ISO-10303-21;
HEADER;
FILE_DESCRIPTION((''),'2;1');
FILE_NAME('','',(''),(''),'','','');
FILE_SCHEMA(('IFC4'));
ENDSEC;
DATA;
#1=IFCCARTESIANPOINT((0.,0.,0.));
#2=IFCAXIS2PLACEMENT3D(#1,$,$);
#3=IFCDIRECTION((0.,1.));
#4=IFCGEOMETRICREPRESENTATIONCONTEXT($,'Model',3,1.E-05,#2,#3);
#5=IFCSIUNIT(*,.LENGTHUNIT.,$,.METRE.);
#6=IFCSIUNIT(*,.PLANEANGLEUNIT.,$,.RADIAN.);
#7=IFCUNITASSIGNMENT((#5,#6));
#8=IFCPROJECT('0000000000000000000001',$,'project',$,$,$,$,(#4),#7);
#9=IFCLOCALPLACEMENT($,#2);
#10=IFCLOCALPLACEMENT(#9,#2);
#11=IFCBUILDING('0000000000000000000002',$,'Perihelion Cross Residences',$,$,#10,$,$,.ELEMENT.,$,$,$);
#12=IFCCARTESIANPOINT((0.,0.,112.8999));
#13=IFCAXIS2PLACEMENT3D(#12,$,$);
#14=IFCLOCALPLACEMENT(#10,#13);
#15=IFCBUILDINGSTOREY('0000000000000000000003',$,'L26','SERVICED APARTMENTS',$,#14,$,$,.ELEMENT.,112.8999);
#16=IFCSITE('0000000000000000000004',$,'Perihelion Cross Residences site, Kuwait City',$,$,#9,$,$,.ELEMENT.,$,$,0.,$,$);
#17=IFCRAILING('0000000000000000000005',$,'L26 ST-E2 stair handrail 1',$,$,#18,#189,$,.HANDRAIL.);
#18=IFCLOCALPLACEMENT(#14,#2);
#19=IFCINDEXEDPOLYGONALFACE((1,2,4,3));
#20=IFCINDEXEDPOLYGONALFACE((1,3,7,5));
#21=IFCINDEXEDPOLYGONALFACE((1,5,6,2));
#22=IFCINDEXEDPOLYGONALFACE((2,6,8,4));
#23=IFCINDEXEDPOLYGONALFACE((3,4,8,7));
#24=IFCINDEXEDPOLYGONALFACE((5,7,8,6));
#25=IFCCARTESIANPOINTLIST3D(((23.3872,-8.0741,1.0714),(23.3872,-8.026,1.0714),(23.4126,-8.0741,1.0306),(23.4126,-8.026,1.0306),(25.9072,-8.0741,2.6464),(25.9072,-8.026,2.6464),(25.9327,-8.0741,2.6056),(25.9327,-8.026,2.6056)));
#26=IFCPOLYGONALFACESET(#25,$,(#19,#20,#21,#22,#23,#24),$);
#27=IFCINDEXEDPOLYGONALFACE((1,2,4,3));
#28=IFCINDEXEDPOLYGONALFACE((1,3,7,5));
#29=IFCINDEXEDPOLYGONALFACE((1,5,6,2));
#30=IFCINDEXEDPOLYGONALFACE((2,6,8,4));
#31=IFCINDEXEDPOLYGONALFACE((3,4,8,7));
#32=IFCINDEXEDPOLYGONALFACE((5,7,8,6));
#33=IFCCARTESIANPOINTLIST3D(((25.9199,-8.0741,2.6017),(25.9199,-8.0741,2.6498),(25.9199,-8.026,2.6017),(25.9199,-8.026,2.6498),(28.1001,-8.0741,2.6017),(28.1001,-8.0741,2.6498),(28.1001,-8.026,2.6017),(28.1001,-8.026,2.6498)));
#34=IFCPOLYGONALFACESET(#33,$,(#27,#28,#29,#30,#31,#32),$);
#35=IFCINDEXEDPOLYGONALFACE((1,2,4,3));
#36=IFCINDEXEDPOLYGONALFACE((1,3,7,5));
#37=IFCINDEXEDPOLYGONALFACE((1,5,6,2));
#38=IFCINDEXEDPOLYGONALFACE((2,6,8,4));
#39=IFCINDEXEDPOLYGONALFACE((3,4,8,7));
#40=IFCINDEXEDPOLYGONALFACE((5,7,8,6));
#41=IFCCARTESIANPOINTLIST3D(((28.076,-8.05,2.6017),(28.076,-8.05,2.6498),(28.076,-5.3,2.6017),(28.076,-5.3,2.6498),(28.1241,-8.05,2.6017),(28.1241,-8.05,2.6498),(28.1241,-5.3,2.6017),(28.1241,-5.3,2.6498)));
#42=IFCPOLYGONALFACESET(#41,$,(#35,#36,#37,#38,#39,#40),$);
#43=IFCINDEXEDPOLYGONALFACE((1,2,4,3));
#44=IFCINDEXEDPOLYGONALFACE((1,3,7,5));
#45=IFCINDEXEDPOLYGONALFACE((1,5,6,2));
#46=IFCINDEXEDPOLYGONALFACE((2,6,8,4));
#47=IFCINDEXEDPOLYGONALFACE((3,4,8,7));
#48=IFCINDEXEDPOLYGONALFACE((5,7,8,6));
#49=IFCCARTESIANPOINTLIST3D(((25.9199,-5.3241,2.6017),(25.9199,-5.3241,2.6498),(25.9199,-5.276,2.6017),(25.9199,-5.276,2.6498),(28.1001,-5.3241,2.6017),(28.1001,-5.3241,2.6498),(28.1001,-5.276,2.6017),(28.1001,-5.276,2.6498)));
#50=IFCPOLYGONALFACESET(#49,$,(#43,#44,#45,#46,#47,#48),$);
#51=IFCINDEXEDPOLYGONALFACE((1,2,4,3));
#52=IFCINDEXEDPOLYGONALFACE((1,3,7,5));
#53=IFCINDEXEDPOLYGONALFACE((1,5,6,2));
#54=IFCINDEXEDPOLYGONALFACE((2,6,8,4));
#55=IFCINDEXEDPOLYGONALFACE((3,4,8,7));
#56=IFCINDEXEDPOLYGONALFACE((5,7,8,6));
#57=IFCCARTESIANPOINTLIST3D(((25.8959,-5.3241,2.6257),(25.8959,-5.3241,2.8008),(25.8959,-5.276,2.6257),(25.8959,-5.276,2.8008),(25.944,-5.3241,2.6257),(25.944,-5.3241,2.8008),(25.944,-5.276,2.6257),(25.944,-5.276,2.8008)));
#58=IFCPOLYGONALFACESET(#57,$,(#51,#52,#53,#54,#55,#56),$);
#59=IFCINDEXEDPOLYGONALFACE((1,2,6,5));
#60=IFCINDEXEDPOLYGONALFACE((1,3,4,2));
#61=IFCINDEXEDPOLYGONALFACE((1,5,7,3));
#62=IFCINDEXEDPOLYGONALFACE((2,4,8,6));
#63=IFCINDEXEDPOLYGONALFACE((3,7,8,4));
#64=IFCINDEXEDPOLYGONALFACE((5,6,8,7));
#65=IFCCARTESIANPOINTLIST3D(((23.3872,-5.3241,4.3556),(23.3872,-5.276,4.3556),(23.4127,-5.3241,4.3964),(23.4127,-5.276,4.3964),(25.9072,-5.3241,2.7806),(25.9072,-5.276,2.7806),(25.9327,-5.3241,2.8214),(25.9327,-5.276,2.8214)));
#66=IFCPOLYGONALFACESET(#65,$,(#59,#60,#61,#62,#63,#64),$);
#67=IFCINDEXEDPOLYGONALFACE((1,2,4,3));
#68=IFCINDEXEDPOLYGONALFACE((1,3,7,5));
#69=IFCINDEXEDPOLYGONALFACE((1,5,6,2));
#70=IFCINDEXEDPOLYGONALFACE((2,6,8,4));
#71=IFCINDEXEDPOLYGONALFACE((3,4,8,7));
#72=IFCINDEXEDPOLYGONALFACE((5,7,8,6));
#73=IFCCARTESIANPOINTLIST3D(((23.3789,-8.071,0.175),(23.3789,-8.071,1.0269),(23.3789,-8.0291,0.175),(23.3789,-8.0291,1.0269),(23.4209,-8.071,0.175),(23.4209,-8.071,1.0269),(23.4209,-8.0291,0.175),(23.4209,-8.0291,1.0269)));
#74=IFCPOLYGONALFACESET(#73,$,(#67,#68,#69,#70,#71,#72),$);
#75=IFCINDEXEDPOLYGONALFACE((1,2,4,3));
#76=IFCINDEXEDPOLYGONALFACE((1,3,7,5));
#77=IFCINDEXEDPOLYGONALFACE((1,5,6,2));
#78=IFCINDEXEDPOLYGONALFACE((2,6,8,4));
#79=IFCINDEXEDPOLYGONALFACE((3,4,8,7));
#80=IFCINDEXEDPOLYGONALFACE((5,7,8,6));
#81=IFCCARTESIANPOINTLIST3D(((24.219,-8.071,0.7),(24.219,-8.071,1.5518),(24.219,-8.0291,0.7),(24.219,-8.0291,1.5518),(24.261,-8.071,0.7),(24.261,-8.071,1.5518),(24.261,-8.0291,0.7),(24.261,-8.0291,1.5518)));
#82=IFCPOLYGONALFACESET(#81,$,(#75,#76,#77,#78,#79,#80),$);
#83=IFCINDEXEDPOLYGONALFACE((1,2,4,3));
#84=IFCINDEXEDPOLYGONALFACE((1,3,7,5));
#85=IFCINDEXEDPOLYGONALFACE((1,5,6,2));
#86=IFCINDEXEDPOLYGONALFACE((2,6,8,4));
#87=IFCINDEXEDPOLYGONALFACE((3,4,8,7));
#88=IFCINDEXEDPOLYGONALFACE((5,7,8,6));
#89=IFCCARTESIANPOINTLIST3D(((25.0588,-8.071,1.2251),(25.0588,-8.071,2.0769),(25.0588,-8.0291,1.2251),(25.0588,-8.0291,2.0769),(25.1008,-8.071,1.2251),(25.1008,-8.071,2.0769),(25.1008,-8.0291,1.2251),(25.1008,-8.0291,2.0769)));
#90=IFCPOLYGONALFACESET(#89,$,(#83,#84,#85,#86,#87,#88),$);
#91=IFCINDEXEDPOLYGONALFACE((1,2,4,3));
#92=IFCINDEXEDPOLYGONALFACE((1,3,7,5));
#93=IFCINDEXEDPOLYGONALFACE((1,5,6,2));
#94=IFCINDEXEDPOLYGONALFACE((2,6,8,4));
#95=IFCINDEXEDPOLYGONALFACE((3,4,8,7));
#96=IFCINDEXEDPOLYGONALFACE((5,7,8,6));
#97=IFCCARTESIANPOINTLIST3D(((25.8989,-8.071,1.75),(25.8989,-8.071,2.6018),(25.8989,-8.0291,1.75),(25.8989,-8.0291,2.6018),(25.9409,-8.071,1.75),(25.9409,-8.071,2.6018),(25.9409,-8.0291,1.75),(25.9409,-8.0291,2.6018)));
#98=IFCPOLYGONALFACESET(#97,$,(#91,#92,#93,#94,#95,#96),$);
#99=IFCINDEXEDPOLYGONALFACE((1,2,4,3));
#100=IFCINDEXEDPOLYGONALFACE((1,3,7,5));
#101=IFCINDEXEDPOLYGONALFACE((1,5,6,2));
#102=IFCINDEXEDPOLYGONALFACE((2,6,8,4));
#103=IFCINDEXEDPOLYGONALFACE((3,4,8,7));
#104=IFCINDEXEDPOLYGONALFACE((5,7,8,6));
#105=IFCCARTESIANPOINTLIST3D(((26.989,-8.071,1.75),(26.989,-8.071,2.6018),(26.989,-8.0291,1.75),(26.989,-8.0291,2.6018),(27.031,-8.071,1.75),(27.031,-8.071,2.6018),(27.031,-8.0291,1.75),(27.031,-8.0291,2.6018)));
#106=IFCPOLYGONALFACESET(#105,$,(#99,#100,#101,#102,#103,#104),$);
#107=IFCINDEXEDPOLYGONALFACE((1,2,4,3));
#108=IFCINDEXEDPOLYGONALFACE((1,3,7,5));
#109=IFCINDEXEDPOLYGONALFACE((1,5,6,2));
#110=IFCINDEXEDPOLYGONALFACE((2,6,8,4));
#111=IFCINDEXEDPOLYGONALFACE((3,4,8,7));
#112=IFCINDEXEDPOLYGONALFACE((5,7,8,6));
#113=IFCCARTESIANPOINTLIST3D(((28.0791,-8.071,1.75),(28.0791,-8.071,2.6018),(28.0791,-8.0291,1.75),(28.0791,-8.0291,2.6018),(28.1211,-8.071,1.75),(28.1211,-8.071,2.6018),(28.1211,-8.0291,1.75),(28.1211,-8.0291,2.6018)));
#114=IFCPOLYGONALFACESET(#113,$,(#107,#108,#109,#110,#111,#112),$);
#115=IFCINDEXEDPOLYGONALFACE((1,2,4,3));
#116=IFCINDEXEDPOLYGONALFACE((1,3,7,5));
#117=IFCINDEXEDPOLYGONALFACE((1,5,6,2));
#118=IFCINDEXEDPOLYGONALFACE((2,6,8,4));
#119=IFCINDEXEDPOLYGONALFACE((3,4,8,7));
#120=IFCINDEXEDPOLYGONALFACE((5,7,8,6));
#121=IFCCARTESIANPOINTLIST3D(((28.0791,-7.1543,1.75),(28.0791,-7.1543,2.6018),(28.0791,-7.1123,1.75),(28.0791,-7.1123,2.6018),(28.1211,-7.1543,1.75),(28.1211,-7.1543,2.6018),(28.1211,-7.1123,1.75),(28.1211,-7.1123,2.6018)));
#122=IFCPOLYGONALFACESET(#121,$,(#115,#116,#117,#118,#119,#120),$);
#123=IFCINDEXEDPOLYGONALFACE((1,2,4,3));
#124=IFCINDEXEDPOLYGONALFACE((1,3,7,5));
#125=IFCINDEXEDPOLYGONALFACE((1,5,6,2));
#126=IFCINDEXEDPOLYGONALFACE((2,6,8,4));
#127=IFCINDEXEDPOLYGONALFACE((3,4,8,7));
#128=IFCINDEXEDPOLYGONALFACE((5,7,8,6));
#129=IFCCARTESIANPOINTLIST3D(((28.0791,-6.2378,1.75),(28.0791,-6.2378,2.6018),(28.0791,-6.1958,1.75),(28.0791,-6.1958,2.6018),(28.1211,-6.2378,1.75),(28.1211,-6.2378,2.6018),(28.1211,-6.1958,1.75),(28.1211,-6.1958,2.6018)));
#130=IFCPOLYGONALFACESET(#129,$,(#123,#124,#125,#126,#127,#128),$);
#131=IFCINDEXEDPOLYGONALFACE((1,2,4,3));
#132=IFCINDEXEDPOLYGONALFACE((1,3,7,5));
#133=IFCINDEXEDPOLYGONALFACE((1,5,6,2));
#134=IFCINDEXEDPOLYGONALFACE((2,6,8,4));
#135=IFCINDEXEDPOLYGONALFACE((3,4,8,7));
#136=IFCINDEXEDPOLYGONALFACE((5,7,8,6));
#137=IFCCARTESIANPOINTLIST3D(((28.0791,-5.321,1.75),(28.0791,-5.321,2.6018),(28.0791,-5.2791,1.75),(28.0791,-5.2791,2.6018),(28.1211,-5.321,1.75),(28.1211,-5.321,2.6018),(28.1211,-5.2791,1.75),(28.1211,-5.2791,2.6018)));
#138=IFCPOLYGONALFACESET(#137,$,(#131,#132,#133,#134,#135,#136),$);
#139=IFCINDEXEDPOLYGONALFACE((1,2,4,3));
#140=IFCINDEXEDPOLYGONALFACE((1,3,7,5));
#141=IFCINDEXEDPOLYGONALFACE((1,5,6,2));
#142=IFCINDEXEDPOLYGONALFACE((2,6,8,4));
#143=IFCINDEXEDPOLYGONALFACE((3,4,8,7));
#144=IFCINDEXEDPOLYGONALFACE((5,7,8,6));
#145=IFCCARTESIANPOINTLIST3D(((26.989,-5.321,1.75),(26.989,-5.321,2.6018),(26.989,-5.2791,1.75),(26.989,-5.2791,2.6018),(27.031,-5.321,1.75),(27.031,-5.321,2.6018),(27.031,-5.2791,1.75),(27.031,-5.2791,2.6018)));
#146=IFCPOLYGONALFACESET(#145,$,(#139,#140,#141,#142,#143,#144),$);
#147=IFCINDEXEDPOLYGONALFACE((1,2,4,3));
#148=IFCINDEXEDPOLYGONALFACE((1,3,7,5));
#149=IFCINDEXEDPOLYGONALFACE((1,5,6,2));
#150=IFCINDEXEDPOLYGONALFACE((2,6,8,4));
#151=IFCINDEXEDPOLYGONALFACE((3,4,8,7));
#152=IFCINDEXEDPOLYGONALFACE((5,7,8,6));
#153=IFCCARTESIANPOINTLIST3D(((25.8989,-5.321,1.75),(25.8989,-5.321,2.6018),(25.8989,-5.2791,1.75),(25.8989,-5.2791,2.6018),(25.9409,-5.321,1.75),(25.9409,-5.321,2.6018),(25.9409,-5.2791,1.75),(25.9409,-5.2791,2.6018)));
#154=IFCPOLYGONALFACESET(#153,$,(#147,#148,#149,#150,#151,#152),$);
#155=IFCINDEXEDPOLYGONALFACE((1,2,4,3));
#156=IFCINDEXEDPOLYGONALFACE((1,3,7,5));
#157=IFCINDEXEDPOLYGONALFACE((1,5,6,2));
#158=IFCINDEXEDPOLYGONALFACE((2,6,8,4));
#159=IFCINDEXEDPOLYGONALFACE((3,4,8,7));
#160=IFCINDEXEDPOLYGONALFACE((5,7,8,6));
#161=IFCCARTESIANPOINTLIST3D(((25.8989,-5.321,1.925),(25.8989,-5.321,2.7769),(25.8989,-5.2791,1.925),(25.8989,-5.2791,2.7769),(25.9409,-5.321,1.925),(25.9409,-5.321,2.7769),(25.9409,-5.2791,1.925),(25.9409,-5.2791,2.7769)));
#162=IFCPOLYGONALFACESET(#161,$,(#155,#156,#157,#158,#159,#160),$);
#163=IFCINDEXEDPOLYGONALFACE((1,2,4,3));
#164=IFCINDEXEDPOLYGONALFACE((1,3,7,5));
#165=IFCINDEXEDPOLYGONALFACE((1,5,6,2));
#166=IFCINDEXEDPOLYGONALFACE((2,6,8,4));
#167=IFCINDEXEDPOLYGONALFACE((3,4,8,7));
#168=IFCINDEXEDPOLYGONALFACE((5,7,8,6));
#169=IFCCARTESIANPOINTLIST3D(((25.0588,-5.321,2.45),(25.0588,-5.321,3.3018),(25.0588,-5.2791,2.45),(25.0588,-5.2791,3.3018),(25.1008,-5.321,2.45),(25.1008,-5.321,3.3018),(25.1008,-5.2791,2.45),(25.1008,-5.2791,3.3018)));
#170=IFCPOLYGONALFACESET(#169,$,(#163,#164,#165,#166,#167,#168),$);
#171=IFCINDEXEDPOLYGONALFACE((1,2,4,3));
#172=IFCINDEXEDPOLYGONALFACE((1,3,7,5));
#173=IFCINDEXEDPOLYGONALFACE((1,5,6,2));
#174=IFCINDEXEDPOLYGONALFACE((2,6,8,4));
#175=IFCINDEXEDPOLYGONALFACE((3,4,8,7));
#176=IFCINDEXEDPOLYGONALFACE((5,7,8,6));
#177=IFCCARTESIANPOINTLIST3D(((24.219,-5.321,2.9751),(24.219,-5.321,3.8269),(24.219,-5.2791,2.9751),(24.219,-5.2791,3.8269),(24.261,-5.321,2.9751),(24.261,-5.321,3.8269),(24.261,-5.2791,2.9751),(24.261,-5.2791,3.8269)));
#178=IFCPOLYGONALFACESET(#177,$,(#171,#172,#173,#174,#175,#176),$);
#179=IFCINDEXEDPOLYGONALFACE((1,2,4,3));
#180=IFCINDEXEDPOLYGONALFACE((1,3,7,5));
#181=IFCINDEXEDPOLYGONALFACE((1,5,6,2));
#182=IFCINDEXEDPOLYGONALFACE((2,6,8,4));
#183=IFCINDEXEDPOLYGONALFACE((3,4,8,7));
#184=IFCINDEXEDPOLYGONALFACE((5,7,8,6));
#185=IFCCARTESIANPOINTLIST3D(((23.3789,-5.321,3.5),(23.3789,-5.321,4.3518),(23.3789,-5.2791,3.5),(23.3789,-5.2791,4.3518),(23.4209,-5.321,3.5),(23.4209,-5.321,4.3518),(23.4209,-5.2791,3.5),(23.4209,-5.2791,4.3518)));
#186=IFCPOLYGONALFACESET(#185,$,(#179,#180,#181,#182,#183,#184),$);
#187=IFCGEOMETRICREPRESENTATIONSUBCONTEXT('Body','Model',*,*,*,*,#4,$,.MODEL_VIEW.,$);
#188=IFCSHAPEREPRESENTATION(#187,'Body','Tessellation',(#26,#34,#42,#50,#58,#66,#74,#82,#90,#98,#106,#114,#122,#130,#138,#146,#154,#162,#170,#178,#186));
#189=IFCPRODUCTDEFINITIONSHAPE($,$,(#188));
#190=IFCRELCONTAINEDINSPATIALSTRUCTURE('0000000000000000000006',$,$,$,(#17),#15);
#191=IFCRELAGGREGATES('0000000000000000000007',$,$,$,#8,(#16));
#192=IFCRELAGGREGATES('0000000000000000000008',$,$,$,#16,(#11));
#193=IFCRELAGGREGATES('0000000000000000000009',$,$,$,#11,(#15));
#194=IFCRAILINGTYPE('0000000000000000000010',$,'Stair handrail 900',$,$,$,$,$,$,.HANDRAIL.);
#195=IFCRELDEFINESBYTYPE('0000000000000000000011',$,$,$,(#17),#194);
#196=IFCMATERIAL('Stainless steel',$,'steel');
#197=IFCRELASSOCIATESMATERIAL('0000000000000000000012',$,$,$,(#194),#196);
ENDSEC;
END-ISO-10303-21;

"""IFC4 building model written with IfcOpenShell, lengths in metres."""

from ifc_helpers import new_model, si_unit, direction, frame, origin, origin_2d, place, context, subcontext, project, spatial, rectangle, extrude, material, type_object, element, save


model = new_model("IFC4")

# Units and contexts
model_context = context("Model", 3, precision=1e-05, world=origin(), true_north=direction((0.0, 1.0)))
body_context = subcontext(model_context, "Body", "Model", "MODEL_VIEW")
ifc_project = project(units=[si_unit("LENGTHUNIT", "METRE"), si_unit("PLANEANGLEUNIT", "RADIAN")], contexts=[model_context])

# Site, building, storey
site_placement = place(None, origin())
site = spatial("IfcSite", under=ifc_project, at=site_placement, Name="Perihelion Cross Residences site, Kuwait City", CompositionType="ELEMENT", RefElevation=0.0)
building_placement = place(site_placement, origin())
building = spatial("IfcBuilding", under=site, at=building_placement, Name="Perihelion Cross Residences", CompositionType="ELEMENT")
storey_placement = place(building_placement, frame((0.0, 0.0, 112.8999)))
storey = spatial("IfcBuildingStorey", under=building, at=storey_placement, Name="L26", Description="SERVICED APARTMENTS", CompositionType="ELEMENT", Elevation=112.8999)

# Railing
ifc_material_1 = material(Name="Stainless steel", Category="steel")
railing_type_1 = type_object("IfcRailingType", Name="Stair handrail 900", PredefinedType="HANDRAIL", material=ifc_material_1)
railing_1_placement = place(storey_placement, frame((23.3999, -8.05, 0.175)))
element("IfcRailing", 1, at=railing_1_placement, inside=storey, type_object=railing_type_1, Name="L26 ST-E2 stair handrail 1", PredefinedType="HANDRAIL", context=body_context, shape_type="SweptSolid", body=[
    extrude(rectangle(XDim=0.0481, YDim=0.0481, at=origin_2d()), frame((0.0, 0.0, 0.876), z_axis=(0.848008, 0.0, 0.529984), x_axis=(0.0, 1.0, 0.0)), (0.0, 0.0, 1.0), 2.9717),
    extrude(rectangle(XDim=0.0481, YDim=0.0481, at=origin_2d()), frame((2.52, 0.0, 2.4507), z_axis=(1.0, 0.0, 0.0), x_axis=(0.0, 1.0, 0.0)), (0.0, 0.0, 1.0), 2.1802),
    extrude(rectangle(XDim=0.0481, YDim=0.0481, at=origin_2d()), frame((4.7002, 0.0, 2.4507), z_axis=(0.0, 1.0, 0.0), x_axis=(-1.0, 0.0, 0.0)), (0.0, 0.0, 1.0), 2.75),
    extrude(rectangle(XDim=0.0481, YDim=0.0481, at=origin_2d()), frame((4.7002, 2.75, 2.4507), z_axis=(-1.0, 0.0, 0.0), x_axis=(0.0, -1.0, 0.0)), (0.0, 0.0, 1.0), 2.1802),
    extrude(rectangle(XDim=0.0481, YDim=0.0481, at=origin_2d()), frame((2.52, 2.75, 2.4507), z_axis=(0.0, 0.0, 1.0), x_axis=(1.0, 0.0, 0.0)), (0.0, 0.0, 1.0), 0.175),
    extrude(rectangle(XDim=0.0481, YDim=0.0481, at=origin_2d()), frame((2.52, 2.75, 2.626), z_axis=(-0.848008, 0.0, 0.529984), x_axis=(0.0, -1.0, 0.0)), (0.0, 0.0, 1.0), 2.9717),
    extrude(rectangle(XDim=0.042, YDim=0.042, at=origin_2d()), origin(), (0.0, 0.0, 1.0), 0.8518),
    extrude(rectangle(XDim=0.042, YDim=0.042, at=origin_2d()), frame((0.8401, 0.0, 0.5249)), (0.0, 0.0, 1.0), 0.8518),
    extrude(rectangle(XDim=0.042, YDim=0.042, at=origin_2d()), frame((1.6799, 0.0, 1.05)), (0.0, 0.0, 1.0), 0.8518),
    extrude(rectangle(XDim=0.042, YDim=0.042, at=origin_2d()), frame((2.52, 0.0, 1.575)), (0.0, 0.0, 1.0), 0.8518),
    extrude(rectangle(XDim=0.042, YDim=0.042, at=origin_2d()), frame((3.6101, 0.0, 1.575)), (0.0, 0.0, 1.0), 0.8518),
    extrude(rectangle(XDim=0.042, YDim=0.042, at=origin_2d()), frame((4.7002, 0.0, 1.575)), (0.0, 0.0, 1.0), 0.8518),
    extrude(rectangle(XDim=0.042, YDim=0.042, at=origin_2d()), frame((4.7002, 0.9167, 1.575)), (0.0, 0.0, 1.0), 0.8518),
    extrude(rectangle(XDim=0.042, YDim=0.042, at=origin_2d()), frame((4.7002, 1.8333, 1.575)), (0.0, 0.0, 1.0), 0.8518),
    extrude(rectangle(XDim=0.042, YDim=0.042, at=origin_2d()), frame((4.7002, 2.75, 1.575)), (0.0, 0.0, 1.0), 0.8518),
    extrude(rectangle(XDim=0.042, YDim=0.042, at=origin_2d()), frame((3.6101, 2.75, 1.575)), (0.0, 0.0, 1.0), 0.8518),
    extrude(rectangle(XDim=0.042, YDim=0.042, at=origin_2d()), frame((2.52, 2.75, 1.575)), (0.0, 0.0, 1.0), 0.8518),
    extrude(rectangle(XDim=0.042, YDim=0.042, at=origin_2d()), frame((2.52, 2.75, 1.75)), (0.0, 0.0, 1.0), 0.8518),
    extrude(rectangle(XDim=0.042, YDim=0.042, at=origin_2d()), frame((1.6799, 2.75, 2.2749)), (0.0, 0.0, 1.0), 0.8518),
    extrude(rectangle(XDim=0.042, YDim=0.042, at=origin_2d()), frame((0.8401, 2.75, 2.8)), (0.0, 0.0, 1.0), 0.8518),
    extrude(rectangle(XDim=0.042, YDim=0.042, at=origin_2d()), frame((0.0, 2.75, 3.325)), (0.0, 0.0, 1.0), 0.8518),
])

save(model, "model.ifc")
